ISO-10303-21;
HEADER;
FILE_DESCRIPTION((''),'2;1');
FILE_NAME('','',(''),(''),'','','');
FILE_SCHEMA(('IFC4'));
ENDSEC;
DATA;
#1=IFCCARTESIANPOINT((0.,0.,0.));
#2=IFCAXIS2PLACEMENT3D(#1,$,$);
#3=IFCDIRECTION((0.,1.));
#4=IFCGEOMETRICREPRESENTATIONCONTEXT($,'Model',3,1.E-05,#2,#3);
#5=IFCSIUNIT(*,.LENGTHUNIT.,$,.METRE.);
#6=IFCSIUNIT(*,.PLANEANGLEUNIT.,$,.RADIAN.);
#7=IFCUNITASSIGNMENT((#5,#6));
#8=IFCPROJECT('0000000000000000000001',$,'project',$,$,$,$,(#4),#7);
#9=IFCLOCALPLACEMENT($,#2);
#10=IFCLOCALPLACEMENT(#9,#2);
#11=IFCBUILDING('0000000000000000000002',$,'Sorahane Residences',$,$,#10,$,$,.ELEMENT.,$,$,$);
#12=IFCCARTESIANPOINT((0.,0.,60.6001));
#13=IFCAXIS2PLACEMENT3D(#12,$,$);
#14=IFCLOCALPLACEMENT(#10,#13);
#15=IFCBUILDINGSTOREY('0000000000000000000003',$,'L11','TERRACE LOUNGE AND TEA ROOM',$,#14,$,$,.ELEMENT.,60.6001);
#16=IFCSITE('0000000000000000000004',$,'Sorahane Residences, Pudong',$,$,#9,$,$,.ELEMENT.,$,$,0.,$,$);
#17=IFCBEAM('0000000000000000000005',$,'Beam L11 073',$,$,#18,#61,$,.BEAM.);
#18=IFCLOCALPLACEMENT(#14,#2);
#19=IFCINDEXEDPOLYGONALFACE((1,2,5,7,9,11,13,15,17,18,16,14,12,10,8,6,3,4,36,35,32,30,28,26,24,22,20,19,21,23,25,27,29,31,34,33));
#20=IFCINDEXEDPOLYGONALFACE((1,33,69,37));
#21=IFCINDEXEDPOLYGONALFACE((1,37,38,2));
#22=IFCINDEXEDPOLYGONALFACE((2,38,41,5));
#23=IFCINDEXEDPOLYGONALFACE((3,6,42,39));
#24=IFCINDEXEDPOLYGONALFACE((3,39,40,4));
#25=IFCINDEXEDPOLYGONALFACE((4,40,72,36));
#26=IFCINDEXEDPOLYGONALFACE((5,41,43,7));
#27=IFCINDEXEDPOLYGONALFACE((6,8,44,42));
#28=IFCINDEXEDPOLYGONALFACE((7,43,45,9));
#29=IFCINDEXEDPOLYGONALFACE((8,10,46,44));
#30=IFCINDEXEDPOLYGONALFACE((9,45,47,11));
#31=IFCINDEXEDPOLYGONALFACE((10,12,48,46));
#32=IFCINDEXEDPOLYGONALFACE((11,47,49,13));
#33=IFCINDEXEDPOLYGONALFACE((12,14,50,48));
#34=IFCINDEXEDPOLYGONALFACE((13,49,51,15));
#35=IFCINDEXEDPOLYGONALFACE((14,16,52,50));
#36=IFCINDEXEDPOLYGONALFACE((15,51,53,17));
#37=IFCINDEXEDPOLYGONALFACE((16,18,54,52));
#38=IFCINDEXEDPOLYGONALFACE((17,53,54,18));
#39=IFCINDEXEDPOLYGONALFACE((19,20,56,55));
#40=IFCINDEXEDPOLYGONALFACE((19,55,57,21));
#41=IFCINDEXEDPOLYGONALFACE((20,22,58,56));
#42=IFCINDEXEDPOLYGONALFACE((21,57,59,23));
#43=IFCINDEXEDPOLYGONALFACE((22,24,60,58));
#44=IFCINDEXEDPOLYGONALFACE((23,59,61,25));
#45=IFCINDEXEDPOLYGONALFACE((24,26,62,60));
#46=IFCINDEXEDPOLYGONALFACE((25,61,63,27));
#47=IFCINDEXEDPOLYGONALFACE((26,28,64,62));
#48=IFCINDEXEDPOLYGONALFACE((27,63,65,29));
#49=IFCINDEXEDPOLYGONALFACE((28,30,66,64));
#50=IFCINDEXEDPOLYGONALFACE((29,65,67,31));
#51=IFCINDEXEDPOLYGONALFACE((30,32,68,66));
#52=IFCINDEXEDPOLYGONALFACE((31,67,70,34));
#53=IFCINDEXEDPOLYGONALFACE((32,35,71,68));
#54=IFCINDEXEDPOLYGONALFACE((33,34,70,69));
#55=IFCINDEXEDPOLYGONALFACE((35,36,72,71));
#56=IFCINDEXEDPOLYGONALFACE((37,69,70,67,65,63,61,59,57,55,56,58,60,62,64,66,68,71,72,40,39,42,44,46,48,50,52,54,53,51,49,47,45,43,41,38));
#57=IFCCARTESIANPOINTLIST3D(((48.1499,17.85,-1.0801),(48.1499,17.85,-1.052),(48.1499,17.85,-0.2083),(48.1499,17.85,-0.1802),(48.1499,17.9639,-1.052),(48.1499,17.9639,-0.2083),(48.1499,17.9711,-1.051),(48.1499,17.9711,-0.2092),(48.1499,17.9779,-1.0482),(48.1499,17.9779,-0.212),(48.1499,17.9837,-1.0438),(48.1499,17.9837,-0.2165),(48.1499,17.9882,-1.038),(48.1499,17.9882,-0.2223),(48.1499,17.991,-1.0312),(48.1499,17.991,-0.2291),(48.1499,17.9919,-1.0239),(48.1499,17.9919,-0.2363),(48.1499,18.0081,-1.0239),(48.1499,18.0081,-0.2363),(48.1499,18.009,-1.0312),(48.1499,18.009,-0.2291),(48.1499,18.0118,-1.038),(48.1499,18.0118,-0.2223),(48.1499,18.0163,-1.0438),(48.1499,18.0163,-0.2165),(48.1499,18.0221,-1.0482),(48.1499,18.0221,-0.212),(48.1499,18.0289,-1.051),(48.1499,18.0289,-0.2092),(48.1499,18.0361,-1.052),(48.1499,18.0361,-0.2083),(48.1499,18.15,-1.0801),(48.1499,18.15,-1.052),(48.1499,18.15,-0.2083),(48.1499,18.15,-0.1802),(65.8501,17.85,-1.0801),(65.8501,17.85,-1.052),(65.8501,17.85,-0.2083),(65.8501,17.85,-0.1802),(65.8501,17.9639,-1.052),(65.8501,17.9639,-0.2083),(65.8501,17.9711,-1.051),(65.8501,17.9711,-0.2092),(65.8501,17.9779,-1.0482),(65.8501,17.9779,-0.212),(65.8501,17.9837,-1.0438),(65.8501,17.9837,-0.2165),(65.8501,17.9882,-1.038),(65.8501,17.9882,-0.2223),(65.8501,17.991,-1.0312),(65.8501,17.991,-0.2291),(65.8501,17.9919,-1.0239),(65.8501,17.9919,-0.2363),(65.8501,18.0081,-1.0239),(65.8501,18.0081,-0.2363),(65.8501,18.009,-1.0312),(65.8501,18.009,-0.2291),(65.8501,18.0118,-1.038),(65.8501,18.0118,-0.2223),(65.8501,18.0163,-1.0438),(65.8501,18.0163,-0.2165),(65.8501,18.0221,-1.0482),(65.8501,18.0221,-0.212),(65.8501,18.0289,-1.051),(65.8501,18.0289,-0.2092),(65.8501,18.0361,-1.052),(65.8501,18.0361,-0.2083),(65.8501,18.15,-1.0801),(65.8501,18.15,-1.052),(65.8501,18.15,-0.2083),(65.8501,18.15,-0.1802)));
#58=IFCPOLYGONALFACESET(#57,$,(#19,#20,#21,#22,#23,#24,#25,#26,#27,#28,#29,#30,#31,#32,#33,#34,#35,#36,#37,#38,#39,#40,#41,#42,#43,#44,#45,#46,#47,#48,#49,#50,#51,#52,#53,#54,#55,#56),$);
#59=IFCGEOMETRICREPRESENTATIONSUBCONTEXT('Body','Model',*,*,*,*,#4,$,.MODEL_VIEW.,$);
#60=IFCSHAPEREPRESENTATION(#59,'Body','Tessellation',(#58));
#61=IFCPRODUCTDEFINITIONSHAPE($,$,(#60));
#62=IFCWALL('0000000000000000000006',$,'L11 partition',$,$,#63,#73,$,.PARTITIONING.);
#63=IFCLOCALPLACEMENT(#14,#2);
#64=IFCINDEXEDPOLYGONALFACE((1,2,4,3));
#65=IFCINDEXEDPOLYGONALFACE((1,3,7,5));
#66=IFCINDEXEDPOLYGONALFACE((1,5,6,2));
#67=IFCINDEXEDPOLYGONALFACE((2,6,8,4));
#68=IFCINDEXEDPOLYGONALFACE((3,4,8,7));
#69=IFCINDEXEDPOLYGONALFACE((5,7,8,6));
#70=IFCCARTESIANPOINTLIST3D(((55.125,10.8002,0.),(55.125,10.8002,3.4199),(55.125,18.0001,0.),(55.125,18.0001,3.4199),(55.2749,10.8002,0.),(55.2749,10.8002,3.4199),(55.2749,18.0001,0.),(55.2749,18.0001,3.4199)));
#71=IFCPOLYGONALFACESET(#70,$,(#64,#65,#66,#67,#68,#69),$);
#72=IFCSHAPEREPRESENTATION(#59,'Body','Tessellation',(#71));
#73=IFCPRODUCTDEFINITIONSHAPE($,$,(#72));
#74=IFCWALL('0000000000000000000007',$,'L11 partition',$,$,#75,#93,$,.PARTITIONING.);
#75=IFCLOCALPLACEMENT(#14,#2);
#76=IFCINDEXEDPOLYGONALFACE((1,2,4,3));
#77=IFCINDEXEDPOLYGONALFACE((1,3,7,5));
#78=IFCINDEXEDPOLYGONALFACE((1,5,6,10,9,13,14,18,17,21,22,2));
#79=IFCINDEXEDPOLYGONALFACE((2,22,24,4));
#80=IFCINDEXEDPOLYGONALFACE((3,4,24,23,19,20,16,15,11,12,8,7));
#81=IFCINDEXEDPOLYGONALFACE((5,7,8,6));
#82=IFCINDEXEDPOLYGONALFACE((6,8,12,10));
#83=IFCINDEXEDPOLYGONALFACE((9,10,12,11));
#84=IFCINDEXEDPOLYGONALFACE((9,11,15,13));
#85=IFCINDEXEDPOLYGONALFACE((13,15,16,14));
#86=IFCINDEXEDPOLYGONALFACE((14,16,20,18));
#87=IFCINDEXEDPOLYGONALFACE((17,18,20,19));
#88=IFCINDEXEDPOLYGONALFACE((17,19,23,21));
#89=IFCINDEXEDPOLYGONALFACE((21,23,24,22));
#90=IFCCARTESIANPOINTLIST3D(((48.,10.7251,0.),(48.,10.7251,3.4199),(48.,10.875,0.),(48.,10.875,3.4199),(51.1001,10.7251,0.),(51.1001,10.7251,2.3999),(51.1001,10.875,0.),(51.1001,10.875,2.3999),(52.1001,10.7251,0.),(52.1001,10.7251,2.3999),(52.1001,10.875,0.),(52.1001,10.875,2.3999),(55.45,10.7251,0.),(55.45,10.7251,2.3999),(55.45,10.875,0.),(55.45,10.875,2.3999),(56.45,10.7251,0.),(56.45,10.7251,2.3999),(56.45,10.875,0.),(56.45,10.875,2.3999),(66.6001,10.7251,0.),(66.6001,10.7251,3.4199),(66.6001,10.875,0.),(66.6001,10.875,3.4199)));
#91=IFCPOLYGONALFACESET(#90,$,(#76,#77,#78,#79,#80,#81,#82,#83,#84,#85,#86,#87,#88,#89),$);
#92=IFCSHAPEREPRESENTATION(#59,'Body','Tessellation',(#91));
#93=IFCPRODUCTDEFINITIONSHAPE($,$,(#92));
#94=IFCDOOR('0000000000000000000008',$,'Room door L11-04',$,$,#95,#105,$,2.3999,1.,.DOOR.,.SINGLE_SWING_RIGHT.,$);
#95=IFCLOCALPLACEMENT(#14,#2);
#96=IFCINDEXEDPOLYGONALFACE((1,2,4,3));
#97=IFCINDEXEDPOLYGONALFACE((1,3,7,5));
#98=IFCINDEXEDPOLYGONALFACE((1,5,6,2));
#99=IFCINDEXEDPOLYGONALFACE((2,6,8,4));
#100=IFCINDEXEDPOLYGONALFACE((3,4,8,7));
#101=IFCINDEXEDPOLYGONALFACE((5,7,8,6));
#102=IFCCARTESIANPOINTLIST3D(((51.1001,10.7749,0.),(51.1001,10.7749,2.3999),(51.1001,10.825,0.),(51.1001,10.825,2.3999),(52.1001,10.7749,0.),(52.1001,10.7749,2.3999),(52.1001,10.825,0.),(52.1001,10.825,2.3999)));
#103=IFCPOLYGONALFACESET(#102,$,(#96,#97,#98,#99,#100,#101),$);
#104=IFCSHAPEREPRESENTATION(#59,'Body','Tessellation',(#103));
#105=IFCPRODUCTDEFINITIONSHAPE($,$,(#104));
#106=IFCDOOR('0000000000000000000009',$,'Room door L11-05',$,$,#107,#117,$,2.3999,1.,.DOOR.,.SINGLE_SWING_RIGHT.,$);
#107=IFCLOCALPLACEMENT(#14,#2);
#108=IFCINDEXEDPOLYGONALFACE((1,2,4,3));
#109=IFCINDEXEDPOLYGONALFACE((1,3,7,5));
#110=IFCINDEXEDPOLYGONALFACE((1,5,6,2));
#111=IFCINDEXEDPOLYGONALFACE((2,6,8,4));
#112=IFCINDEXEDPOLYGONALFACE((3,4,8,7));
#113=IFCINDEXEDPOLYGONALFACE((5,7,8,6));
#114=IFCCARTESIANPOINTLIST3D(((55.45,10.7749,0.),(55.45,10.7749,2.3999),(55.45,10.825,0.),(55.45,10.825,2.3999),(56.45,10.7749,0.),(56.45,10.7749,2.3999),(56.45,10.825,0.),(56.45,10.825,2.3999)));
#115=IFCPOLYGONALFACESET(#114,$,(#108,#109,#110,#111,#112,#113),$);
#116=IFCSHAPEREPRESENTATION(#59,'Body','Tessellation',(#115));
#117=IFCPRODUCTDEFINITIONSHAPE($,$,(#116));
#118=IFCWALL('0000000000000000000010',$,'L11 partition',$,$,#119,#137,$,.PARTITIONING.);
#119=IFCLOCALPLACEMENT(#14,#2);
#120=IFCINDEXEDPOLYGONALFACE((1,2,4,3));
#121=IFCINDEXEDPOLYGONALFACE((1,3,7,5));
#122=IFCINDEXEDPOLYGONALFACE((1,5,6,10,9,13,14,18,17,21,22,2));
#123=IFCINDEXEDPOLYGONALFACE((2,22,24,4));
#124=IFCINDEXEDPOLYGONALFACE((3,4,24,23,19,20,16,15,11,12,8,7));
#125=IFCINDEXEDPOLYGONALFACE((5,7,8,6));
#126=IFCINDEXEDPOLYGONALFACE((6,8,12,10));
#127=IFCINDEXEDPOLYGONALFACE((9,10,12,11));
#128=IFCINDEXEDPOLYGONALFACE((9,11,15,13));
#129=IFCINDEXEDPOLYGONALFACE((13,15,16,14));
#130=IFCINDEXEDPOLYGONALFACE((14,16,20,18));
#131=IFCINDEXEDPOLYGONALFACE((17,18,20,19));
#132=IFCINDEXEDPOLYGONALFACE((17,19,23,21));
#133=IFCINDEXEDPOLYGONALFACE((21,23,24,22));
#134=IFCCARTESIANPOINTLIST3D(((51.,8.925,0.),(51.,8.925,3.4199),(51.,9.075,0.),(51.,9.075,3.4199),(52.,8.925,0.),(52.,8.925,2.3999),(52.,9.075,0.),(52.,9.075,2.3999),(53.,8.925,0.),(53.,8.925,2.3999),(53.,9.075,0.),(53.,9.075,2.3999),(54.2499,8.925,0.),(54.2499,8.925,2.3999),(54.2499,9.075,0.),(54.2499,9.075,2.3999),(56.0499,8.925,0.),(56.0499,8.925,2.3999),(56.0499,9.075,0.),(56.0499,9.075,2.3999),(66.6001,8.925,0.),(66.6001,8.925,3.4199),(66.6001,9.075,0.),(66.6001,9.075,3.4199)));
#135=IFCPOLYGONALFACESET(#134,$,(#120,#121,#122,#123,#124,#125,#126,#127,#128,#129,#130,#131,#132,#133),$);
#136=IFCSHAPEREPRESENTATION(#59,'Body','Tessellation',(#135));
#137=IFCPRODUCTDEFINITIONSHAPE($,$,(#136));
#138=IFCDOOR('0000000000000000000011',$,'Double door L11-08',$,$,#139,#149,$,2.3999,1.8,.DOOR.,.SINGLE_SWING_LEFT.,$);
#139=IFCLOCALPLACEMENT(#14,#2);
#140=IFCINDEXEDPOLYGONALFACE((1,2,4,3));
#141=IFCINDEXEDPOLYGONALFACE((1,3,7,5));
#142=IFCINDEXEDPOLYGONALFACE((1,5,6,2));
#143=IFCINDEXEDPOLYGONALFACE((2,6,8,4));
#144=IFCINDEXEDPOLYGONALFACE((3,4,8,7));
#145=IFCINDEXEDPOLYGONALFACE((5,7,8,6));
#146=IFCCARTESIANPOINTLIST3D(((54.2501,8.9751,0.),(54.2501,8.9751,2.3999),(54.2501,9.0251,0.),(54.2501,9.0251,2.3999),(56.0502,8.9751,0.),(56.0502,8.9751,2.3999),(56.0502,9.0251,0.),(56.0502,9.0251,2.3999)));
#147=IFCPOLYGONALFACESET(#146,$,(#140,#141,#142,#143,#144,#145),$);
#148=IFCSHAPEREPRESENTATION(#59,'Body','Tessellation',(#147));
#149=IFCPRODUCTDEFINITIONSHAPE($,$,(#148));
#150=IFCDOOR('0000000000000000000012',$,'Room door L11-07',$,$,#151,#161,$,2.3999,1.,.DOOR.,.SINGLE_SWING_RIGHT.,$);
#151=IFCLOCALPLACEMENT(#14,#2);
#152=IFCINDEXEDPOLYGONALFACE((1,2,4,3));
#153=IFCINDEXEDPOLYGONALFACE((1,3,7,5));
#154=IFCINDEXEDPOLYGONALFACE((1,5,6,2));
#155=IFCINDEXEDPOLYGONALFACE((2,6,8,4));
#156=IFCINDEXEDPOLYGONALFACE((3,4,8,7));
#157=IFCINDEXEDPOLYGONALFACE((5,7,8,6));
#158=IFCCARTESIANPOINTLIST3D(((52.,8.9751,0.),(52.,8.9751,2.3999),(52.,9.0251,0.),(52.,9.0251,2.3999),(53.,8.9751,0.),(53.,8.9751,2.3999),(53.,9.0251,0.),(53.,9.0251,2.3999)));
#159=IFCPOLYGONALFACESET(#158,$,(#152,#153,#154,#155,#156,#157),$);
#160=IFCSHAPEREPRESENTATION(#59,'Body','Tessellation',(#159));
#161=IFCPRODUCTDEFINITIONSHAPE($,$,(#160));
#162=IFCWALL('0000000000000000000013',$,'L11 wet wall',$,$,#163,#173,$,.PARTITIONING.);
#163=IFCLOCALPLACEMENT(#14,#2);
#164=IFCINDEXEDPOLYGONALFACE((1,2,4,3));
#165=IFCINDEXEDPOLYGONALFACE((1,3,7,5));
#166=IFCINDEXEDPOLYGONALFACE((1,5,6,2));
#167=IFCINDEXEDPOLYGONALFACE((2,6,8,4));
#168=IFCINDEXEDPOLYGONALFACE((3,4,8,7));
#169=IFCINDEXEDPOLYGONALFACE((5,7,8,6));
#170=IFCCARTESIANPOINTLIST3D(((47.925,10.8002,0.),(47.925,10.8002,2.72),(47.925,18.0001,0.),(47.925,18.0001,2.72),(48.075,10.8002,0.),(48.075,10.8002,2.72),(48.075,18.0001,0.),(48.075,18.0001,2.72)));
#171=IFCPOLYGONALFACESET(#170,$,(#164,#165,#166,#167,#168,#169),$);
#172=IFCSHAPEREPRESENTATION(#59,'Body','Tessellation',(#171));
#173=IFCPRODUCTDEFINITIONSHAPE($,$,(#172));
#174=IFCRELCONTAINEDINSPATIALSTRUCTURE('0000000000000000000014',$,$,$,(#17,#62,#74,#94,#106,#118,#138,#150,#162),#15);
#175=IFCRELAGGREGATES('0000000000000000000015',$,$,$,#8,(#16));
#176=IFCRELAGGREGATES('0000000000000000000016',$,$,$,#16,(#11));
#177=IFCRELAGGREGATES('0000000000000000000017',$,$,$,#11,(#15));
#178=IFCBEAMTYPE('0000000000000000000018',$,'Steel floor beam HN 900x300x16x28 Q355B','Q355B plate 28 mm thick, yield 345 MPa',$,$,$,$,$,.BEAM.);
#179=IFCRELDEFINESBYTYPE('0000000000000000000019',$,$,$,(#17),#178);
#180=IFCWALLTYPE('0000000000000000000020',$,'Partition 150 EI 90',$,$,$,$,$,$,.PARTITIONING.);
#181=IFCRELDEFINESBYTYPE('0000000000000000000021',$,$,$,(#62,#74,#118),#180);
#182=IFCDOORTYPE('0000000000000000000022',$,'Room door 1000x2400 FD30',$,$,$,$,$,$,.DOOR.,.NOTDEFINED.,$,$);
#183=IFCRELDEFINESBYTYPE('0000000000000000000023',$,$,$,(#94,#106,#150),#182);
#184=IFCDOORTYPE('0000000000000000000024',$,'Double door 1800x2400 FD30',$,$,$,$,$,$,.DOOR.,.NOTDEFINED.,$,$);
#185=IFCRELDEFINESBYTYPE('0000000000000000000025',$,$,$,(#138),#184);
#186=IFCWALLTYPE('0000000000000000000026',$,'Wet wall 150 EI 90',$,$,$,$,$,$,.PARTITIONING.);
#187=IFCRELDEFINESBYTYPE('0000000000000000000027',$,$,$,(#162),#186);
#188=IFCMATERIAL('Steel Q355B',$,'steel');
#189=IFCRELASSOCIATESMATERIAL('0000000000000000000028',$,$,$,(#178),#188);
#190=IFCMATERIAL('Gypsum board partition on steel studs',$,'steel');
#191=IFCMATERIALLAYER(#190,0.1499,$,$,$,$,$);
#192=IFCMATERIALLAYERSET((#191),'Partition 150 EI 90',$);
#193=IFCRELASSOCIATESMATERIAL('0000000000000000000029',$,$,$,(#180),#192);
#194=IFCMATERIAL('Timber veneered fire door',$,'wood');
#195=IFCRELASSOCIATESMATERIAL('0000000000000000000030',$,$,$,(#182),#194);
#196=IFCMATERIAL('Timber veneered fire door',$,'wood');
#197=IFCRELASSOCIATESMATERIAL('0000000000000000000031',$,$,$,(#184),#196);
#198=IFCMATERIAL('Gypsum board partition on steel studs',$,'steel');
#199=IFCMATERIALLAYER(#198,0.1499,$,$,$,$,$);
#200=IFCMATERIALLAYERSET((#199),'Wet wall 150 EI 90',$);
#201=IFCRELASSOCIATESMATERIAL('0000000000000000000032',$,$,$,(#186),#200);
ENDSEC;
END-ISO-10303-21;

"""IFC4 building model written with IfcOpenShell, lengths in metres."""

from ifc_helpers import new_model, si_unit, direction, frame, frame_2d, origin, origin_2d, place, context, subcontext, project, spatial, rectangle, i_section, extrude, material, layer, layer_set, material_profile, profile_set, type_object, element, fill, save


model = new_model("IFC4")

# Units and contexts
model_context = context("Model", 3, precision=1e-05, world=origin(), true_north=direction((0.0, 1.0)))
body_context = subcontext(model_context, "Body", "Model", "MODEL_VIEW")
ifc_project = project(units=[si_unit("LENGTHUNIT", "METRE"), si_unit("PLANEANGLEUNIT", "RADIAN")], contexts=[model_context])

# Site, building, storey
site_placement = place(None, origin())
site = spatial("IfcSite", under=ifc_project, at=site_placement, Name="Sorahane Residences, Pudong", CompositionType="ELEMENT", RefElevation=0.0)
building_placement = place(site_placement, origin())
building = spatial("IfcBuilding", under=site, at=building_placement, Name="Sorahane Residences", CompositionType="ELEMENT")
storey_placement = place(building_placement, frame((0.0, 0.0, 60.6001)))
storey = spatial("IfcBuildingStorey", under=building, at=storey_placement, Name="L11", Description="TERRACE LOUNGE AND TEA ROOM", CompositionType="ELEMENT", Elevation=60.6001)

# Beam
ifc_material_1 = material(Name="Steel Q355B", Category="steel")
ifc_material_profile_1 = material_profile(ifc_material_1, i_section(OverallWidth=0.3, OverallDepth=0.8999, WebThickness=0.0161, FlangeThickness=0.0281, FilletRadius=0.0281, at=origin_2d()), Name="HN 900x300x16x28")
ifc_profile_set_1 = profile_set([ifc_material_profile_1], Name="Steel Q355B")
beam_type_1 = type_object("IfcBeamType", Name="Steel floor beam HN 900x300x16x28 Q355B", Description="Q355B plate 28 mm thick, yield 345 MPa", PredefinedType="BEAM", material=ifc_profile_set_1)
beam_1_placement = place(storey_placement, frame((48.1499, 18.0, -0.6301), z_axis=(1.0, 0.0, 0.0), x_axis=(0.0, 1.0, 0.0)))
element("IfcBeam", 1, at=beam_1_placement, inside=storey, type_object=beam_type_1, Name="Beam L11 073", PredefinedType="BEAM", context=body_context, shape_type="SweptSolid", body=[
    extrude(i_section(OverallWidth=0.3, OverallDepth=0.8999, WebThickness=0.0161, FlangeThickness=0.0281, FilletRadius=0.0281, at=origin_2d()), origin(), (0.0, 0.0, 1.0), 17.7002),
])

# Wall
ifc_material_2 = material(Name="Gypsum board partition on steel studs", Category="steel")
ifc_layer_1 = layer(ifc_material_2, 0.1499)
ifc_layer_set_1 = layer_set([ifc_layer_1], Name="Partition 150 EI 90")
wall_type_1 = type_object("IfcWallType", Name="Partition 150 EI 90", PredefinedType="PARTITIONING", material=ifc_layer_set_1)
wall_1_placement = place(storey_placement, frame((55.2, 10.8, 0.0), z_axis=(0.0, 0.0, 1.0), x_axis=(0.0, 1.0, 0.0)))
element("IfcWall", 2, at=wall_1_placement, inside=storey, type_object=wall_type_1, Name="L11 partition", PredefinedType="PARTITIONING", context=body_context, shape_type="SweptSolid", body=[
    extrude(rectangle(XDim=7.2, YDim=0.1499, at=frame_2d((3.6001, 0.0))), origin(), (0.0, 0.0, 1.0), 3.4199),
])

# Walls, openings, doors
wall_2_placement = place(storey_placement, frame((48.0, 10.8, 0.0), z_axis=(0.0, 0.0, 1.0), x_axis=(1.0, 0.0, 0.0)))
wall_2 = element("IfcWall", 3, at=wall_2_placement, inside=storey, type_object=wall_type_1, Name="L11 partition", PredefinedType="PARTITIONING", context=body_context, shape_type="SweptSolid", body=[
    extrude(rectangle(XDim=18.6001, YDim=0.1499, at=frame_2d((9.3, 0.0))), origin(), (0.0, 0.0, 1.0), 3.4199),
])
opening_1_placement = place(wall_2_placement, frame((3.1001, 0.0, 0.0)))
opening_1 = element("IfcOpeningElement", 4, at=opening_1_placement, cuts=wall_2, PredefinedType="OPENING", context=body_context, shape_type="SweptSolid", body=[
    extrude(rectangle(XDim=1.0, YDim=2.3999, at=frame_2d((0.5, 1.2))), frame((0.0, 0.085, 0.0), z_axis=(0.0, -1.0, 0.0), x_axis=(1.0, 0.0, 0.0)), (0.0, 0.0, 1.0), 0.1699),
])
opening_2_placement = place(wall_2_placement, frame((7.45, 0.0, 0.0)))
opening_2 = element("IfcOpeningElement", 5, at=opening_2_placement, cuts=wall_2, PredefinedType="OPENING", context=body_context, shape_type="SweptSolid", body=[
    extrude(rectangle(XDim=1.0, YDim=2.3999, at=frame_2d((0.5, 1.2))), frame((0.0, 0.085, 0.0), z_axis=(0.0, -1.0, 0.0), x_axis=(1.0, 0.0, 0.0)), (0.0, 0.0, 1.0), 0.1699),
])
ifc_material_3 = material(Name="Timber veneered fire door", Category="wood")
door_type_1 = type_object("IfcDoorType", Name="Room door 1000x2400 FD30", OperationType="NOTDEFINED", PredefinedType="DOOR", material=ifc_material_3)
door_1_placement = place(opening_1_placement, origin())
door_1 = element("IfcDoor", 6, at=door_1_placement, inside=storey, type_object=door_type_1, Name="Room door L11-04", OperationType="SINGLE_SWING_RIGHT", OverallHeight=2.3999, OverallWidth=1.0, PredefinedType="DOOR", context=body_context, shape_type="SweptSolid", body=[
    extrude(rectangle(XDim=1.0, YDim=2.3999, at=frame_2d((0.5, 1.2))), frame((0.0, 0.0249, 0.0), z_axis=(0.0, -1.0, 0.0), x_axis=(1.0, 0.0, 0.0)), (0.0, 0.0, 1.0), 0.05),
])
fill(opening_1, door_1)
door_2_placement = place(opening_2_placement, origin())
door_2 = element("IfcDoor", 7, at=door_2_placement, inside=storey, type_object=door_type_1, Name="Room door L11-05", OperationType="SINGLE_SWING_RIGHT", OverallHeight=2.3999, OverallWidth=1.0, PredefinedType="DOOR", context=body_context, shape_type="SweptSolid", body=[
    extrude(rectangle(XDim=1.0, YDim=2.3999, at=frame_2d((0.5, 1.2))), frame((0.0, 0.0249, 0.0), z_axis=(0.0, -1.0, 0.0), x_axis=(1.0, 0.0, 0.0)), (0.0, 0.0, 1.0), 0.05),
])
fill(opening_2, door_2)
wall_3_placement = place(storey_placement, frame((51.0, 9.0, 0.0), z_axis=(0.0, 0.0, 1.0), x_axis=(1.0, 0.0, 0.0)))
wall_3 = element("IfcWall", 8, at=wall_3_placement, inside=storey, type_object=wall_type_1, Name="L11 partition", PredefinedType="PARTITIONING", context=body_context, shape_type="SweptSolid", body=[
    extrude(rectangle(XDim=15.6001, YDim=0.1499, at=frame_2d((7.8, 0.0))), origin(), (0.0, 0.0, 1.0), 3.4199),
])
opening_3_placement = place(wall_3_placement, frame((1.0, 0.0, 0.0)))
opening_3 = element("IfcOpeningElement", 9, at=opening_3_placement, cuts=wall_3, PredefinedType="OPENING", context=body_context, shape_type="SweptSolid", body=[
    extrude(rectangle(XDim=1.0, YDim=2.3999, at=frame_2d((0.5, 1.2))), frame((0.0, 0.085, 0.0), z_axis=(0.0, -1.0, 0.0), x_axis=(1.0, 0.0, 0.0)), (0.0, 0.0, 1.0), 0.1699),
])
opening_4_placement = place(wall_3_placement, frame((3.25, 0.0, 0.0)))
opening_4 = element("IfcOpeningElement", 10, at=opening_4_placement, cuts=wall_3, PredefinedType="OPENING", context=body_context, shape_type="SweptSolid", body=[
    extrude(rectangle(XDim=1.8, YDim=2.3999, at=frame_2d((0.8999, 1.2))), frame((0.0, 0.085, 0.0), z_axis=(0.0, -1.0, 0.0), x_axis=(1.0, 0.0, 0.0)), (0.0, 0.0, 1.0), 0.1699),
])
ifc_material_4 = material(Name="Timber veneered fire door", Category="wood")
door_type_2 = type_object("IfcDoorType", Name="Double door 1800x2400 FD30", OperationType="NOTDEFINED", PredefinedType="DOOR", material=ifc_material_4)
door_3_placement = place(opening_4_placement, frame((1.8, 0.0, 0.0), z_axis=(0.0, 0.0, 1.0), x_axis=(-1.0, 0.0, 0.0)))
door_3 = element("IfcDoor", 11, at=door_3_placement, inside=storey, type_object=door_type_2, Name="Double door L11-08", OperationType="SINGLE_SWING_LEFT", OverallHeight=2.3999, OverallWidth=1.8, PredefinedType="DOOR", context=body_context, shape_type="SweptSolid", body=[
    extrude(rectangle(XDim=1.8, YDim=2.3999, at=frame_2d((0.8999, 1.2))), frame((0.0, 0.0249, 0.0), z_axis=(0.0, -1.0, 0.0), x_axis=(1.0, 0.0, 0.0)), (0.0, 0.0, 1.0), 0.05),
])
fill(opening_4, door_3)
door_4_placement = place(opening_3_placement, frame((1.0, 0.0, 0.0), z_axis=(0.0, 0.0, 1.0), x_axis=(-1.0, 0.0, 0.0)))
door_4 = element("IfcDoor", 12, at=door_4_placement, inside=storey, type_object=door_type_1, Name="Room door L11-07", OperationType="SINGLE_SWING_RIGHT", OverallHeight=2.3999, OverallWidth=1.0, PredefinedType="DOOR", context=body_context, shape_type="SweptSolid", body=[
    extrude(rectangle(XDim=1.0, YDim=2.3999, at=frame_2d((0.5, 1.2))), frame((0.0, 0.0249, 0.0), z_axis=(0.0, -1.0, 0.0), x_axis=(1.0, 0.0, 0.0)), (0.0, 0.0, 1.0), 0.05),
])
fill(opening_3, door_4)

# Wall
ifc_material_5 = material(Name="Gypsum board partition on steel studs", Category="steel")
ifc_layer_2 = layer(ifc_material_5, 0.1499)
ifc_layer_set_2 = layer_set([ifc_layer_2], Name="Wet wall 150 EI 90")
wall_type_2 = type_object("IfcWallType", Name="Wet wall 150 EI 90", PredefinedType="PARTITIONING", material=ifc_layer_set_2)
wall_4_placement = place(storey_placement, frame((48.0, 10.8, 0.0), z_axis=(0.0, 0.0, 1.0), x_axis=(0.0, 1.0, 0.0)))
element("IfcWall", 13, at=wall_4_placement, inside=storey, type_object=wall_type_2, Name="L11 wet wall", PredefinedType="PARTITIONING", context=body_context, shape_type="SweptSolid", body=[
    extrude(rectangle(XDim=7.2, YDim=0.1499, at=frame_2d((3.6001, 0.0))), origin(), (0.0, 0.0, 1.0), 2.72),
])

save(model, "model.ifc")
